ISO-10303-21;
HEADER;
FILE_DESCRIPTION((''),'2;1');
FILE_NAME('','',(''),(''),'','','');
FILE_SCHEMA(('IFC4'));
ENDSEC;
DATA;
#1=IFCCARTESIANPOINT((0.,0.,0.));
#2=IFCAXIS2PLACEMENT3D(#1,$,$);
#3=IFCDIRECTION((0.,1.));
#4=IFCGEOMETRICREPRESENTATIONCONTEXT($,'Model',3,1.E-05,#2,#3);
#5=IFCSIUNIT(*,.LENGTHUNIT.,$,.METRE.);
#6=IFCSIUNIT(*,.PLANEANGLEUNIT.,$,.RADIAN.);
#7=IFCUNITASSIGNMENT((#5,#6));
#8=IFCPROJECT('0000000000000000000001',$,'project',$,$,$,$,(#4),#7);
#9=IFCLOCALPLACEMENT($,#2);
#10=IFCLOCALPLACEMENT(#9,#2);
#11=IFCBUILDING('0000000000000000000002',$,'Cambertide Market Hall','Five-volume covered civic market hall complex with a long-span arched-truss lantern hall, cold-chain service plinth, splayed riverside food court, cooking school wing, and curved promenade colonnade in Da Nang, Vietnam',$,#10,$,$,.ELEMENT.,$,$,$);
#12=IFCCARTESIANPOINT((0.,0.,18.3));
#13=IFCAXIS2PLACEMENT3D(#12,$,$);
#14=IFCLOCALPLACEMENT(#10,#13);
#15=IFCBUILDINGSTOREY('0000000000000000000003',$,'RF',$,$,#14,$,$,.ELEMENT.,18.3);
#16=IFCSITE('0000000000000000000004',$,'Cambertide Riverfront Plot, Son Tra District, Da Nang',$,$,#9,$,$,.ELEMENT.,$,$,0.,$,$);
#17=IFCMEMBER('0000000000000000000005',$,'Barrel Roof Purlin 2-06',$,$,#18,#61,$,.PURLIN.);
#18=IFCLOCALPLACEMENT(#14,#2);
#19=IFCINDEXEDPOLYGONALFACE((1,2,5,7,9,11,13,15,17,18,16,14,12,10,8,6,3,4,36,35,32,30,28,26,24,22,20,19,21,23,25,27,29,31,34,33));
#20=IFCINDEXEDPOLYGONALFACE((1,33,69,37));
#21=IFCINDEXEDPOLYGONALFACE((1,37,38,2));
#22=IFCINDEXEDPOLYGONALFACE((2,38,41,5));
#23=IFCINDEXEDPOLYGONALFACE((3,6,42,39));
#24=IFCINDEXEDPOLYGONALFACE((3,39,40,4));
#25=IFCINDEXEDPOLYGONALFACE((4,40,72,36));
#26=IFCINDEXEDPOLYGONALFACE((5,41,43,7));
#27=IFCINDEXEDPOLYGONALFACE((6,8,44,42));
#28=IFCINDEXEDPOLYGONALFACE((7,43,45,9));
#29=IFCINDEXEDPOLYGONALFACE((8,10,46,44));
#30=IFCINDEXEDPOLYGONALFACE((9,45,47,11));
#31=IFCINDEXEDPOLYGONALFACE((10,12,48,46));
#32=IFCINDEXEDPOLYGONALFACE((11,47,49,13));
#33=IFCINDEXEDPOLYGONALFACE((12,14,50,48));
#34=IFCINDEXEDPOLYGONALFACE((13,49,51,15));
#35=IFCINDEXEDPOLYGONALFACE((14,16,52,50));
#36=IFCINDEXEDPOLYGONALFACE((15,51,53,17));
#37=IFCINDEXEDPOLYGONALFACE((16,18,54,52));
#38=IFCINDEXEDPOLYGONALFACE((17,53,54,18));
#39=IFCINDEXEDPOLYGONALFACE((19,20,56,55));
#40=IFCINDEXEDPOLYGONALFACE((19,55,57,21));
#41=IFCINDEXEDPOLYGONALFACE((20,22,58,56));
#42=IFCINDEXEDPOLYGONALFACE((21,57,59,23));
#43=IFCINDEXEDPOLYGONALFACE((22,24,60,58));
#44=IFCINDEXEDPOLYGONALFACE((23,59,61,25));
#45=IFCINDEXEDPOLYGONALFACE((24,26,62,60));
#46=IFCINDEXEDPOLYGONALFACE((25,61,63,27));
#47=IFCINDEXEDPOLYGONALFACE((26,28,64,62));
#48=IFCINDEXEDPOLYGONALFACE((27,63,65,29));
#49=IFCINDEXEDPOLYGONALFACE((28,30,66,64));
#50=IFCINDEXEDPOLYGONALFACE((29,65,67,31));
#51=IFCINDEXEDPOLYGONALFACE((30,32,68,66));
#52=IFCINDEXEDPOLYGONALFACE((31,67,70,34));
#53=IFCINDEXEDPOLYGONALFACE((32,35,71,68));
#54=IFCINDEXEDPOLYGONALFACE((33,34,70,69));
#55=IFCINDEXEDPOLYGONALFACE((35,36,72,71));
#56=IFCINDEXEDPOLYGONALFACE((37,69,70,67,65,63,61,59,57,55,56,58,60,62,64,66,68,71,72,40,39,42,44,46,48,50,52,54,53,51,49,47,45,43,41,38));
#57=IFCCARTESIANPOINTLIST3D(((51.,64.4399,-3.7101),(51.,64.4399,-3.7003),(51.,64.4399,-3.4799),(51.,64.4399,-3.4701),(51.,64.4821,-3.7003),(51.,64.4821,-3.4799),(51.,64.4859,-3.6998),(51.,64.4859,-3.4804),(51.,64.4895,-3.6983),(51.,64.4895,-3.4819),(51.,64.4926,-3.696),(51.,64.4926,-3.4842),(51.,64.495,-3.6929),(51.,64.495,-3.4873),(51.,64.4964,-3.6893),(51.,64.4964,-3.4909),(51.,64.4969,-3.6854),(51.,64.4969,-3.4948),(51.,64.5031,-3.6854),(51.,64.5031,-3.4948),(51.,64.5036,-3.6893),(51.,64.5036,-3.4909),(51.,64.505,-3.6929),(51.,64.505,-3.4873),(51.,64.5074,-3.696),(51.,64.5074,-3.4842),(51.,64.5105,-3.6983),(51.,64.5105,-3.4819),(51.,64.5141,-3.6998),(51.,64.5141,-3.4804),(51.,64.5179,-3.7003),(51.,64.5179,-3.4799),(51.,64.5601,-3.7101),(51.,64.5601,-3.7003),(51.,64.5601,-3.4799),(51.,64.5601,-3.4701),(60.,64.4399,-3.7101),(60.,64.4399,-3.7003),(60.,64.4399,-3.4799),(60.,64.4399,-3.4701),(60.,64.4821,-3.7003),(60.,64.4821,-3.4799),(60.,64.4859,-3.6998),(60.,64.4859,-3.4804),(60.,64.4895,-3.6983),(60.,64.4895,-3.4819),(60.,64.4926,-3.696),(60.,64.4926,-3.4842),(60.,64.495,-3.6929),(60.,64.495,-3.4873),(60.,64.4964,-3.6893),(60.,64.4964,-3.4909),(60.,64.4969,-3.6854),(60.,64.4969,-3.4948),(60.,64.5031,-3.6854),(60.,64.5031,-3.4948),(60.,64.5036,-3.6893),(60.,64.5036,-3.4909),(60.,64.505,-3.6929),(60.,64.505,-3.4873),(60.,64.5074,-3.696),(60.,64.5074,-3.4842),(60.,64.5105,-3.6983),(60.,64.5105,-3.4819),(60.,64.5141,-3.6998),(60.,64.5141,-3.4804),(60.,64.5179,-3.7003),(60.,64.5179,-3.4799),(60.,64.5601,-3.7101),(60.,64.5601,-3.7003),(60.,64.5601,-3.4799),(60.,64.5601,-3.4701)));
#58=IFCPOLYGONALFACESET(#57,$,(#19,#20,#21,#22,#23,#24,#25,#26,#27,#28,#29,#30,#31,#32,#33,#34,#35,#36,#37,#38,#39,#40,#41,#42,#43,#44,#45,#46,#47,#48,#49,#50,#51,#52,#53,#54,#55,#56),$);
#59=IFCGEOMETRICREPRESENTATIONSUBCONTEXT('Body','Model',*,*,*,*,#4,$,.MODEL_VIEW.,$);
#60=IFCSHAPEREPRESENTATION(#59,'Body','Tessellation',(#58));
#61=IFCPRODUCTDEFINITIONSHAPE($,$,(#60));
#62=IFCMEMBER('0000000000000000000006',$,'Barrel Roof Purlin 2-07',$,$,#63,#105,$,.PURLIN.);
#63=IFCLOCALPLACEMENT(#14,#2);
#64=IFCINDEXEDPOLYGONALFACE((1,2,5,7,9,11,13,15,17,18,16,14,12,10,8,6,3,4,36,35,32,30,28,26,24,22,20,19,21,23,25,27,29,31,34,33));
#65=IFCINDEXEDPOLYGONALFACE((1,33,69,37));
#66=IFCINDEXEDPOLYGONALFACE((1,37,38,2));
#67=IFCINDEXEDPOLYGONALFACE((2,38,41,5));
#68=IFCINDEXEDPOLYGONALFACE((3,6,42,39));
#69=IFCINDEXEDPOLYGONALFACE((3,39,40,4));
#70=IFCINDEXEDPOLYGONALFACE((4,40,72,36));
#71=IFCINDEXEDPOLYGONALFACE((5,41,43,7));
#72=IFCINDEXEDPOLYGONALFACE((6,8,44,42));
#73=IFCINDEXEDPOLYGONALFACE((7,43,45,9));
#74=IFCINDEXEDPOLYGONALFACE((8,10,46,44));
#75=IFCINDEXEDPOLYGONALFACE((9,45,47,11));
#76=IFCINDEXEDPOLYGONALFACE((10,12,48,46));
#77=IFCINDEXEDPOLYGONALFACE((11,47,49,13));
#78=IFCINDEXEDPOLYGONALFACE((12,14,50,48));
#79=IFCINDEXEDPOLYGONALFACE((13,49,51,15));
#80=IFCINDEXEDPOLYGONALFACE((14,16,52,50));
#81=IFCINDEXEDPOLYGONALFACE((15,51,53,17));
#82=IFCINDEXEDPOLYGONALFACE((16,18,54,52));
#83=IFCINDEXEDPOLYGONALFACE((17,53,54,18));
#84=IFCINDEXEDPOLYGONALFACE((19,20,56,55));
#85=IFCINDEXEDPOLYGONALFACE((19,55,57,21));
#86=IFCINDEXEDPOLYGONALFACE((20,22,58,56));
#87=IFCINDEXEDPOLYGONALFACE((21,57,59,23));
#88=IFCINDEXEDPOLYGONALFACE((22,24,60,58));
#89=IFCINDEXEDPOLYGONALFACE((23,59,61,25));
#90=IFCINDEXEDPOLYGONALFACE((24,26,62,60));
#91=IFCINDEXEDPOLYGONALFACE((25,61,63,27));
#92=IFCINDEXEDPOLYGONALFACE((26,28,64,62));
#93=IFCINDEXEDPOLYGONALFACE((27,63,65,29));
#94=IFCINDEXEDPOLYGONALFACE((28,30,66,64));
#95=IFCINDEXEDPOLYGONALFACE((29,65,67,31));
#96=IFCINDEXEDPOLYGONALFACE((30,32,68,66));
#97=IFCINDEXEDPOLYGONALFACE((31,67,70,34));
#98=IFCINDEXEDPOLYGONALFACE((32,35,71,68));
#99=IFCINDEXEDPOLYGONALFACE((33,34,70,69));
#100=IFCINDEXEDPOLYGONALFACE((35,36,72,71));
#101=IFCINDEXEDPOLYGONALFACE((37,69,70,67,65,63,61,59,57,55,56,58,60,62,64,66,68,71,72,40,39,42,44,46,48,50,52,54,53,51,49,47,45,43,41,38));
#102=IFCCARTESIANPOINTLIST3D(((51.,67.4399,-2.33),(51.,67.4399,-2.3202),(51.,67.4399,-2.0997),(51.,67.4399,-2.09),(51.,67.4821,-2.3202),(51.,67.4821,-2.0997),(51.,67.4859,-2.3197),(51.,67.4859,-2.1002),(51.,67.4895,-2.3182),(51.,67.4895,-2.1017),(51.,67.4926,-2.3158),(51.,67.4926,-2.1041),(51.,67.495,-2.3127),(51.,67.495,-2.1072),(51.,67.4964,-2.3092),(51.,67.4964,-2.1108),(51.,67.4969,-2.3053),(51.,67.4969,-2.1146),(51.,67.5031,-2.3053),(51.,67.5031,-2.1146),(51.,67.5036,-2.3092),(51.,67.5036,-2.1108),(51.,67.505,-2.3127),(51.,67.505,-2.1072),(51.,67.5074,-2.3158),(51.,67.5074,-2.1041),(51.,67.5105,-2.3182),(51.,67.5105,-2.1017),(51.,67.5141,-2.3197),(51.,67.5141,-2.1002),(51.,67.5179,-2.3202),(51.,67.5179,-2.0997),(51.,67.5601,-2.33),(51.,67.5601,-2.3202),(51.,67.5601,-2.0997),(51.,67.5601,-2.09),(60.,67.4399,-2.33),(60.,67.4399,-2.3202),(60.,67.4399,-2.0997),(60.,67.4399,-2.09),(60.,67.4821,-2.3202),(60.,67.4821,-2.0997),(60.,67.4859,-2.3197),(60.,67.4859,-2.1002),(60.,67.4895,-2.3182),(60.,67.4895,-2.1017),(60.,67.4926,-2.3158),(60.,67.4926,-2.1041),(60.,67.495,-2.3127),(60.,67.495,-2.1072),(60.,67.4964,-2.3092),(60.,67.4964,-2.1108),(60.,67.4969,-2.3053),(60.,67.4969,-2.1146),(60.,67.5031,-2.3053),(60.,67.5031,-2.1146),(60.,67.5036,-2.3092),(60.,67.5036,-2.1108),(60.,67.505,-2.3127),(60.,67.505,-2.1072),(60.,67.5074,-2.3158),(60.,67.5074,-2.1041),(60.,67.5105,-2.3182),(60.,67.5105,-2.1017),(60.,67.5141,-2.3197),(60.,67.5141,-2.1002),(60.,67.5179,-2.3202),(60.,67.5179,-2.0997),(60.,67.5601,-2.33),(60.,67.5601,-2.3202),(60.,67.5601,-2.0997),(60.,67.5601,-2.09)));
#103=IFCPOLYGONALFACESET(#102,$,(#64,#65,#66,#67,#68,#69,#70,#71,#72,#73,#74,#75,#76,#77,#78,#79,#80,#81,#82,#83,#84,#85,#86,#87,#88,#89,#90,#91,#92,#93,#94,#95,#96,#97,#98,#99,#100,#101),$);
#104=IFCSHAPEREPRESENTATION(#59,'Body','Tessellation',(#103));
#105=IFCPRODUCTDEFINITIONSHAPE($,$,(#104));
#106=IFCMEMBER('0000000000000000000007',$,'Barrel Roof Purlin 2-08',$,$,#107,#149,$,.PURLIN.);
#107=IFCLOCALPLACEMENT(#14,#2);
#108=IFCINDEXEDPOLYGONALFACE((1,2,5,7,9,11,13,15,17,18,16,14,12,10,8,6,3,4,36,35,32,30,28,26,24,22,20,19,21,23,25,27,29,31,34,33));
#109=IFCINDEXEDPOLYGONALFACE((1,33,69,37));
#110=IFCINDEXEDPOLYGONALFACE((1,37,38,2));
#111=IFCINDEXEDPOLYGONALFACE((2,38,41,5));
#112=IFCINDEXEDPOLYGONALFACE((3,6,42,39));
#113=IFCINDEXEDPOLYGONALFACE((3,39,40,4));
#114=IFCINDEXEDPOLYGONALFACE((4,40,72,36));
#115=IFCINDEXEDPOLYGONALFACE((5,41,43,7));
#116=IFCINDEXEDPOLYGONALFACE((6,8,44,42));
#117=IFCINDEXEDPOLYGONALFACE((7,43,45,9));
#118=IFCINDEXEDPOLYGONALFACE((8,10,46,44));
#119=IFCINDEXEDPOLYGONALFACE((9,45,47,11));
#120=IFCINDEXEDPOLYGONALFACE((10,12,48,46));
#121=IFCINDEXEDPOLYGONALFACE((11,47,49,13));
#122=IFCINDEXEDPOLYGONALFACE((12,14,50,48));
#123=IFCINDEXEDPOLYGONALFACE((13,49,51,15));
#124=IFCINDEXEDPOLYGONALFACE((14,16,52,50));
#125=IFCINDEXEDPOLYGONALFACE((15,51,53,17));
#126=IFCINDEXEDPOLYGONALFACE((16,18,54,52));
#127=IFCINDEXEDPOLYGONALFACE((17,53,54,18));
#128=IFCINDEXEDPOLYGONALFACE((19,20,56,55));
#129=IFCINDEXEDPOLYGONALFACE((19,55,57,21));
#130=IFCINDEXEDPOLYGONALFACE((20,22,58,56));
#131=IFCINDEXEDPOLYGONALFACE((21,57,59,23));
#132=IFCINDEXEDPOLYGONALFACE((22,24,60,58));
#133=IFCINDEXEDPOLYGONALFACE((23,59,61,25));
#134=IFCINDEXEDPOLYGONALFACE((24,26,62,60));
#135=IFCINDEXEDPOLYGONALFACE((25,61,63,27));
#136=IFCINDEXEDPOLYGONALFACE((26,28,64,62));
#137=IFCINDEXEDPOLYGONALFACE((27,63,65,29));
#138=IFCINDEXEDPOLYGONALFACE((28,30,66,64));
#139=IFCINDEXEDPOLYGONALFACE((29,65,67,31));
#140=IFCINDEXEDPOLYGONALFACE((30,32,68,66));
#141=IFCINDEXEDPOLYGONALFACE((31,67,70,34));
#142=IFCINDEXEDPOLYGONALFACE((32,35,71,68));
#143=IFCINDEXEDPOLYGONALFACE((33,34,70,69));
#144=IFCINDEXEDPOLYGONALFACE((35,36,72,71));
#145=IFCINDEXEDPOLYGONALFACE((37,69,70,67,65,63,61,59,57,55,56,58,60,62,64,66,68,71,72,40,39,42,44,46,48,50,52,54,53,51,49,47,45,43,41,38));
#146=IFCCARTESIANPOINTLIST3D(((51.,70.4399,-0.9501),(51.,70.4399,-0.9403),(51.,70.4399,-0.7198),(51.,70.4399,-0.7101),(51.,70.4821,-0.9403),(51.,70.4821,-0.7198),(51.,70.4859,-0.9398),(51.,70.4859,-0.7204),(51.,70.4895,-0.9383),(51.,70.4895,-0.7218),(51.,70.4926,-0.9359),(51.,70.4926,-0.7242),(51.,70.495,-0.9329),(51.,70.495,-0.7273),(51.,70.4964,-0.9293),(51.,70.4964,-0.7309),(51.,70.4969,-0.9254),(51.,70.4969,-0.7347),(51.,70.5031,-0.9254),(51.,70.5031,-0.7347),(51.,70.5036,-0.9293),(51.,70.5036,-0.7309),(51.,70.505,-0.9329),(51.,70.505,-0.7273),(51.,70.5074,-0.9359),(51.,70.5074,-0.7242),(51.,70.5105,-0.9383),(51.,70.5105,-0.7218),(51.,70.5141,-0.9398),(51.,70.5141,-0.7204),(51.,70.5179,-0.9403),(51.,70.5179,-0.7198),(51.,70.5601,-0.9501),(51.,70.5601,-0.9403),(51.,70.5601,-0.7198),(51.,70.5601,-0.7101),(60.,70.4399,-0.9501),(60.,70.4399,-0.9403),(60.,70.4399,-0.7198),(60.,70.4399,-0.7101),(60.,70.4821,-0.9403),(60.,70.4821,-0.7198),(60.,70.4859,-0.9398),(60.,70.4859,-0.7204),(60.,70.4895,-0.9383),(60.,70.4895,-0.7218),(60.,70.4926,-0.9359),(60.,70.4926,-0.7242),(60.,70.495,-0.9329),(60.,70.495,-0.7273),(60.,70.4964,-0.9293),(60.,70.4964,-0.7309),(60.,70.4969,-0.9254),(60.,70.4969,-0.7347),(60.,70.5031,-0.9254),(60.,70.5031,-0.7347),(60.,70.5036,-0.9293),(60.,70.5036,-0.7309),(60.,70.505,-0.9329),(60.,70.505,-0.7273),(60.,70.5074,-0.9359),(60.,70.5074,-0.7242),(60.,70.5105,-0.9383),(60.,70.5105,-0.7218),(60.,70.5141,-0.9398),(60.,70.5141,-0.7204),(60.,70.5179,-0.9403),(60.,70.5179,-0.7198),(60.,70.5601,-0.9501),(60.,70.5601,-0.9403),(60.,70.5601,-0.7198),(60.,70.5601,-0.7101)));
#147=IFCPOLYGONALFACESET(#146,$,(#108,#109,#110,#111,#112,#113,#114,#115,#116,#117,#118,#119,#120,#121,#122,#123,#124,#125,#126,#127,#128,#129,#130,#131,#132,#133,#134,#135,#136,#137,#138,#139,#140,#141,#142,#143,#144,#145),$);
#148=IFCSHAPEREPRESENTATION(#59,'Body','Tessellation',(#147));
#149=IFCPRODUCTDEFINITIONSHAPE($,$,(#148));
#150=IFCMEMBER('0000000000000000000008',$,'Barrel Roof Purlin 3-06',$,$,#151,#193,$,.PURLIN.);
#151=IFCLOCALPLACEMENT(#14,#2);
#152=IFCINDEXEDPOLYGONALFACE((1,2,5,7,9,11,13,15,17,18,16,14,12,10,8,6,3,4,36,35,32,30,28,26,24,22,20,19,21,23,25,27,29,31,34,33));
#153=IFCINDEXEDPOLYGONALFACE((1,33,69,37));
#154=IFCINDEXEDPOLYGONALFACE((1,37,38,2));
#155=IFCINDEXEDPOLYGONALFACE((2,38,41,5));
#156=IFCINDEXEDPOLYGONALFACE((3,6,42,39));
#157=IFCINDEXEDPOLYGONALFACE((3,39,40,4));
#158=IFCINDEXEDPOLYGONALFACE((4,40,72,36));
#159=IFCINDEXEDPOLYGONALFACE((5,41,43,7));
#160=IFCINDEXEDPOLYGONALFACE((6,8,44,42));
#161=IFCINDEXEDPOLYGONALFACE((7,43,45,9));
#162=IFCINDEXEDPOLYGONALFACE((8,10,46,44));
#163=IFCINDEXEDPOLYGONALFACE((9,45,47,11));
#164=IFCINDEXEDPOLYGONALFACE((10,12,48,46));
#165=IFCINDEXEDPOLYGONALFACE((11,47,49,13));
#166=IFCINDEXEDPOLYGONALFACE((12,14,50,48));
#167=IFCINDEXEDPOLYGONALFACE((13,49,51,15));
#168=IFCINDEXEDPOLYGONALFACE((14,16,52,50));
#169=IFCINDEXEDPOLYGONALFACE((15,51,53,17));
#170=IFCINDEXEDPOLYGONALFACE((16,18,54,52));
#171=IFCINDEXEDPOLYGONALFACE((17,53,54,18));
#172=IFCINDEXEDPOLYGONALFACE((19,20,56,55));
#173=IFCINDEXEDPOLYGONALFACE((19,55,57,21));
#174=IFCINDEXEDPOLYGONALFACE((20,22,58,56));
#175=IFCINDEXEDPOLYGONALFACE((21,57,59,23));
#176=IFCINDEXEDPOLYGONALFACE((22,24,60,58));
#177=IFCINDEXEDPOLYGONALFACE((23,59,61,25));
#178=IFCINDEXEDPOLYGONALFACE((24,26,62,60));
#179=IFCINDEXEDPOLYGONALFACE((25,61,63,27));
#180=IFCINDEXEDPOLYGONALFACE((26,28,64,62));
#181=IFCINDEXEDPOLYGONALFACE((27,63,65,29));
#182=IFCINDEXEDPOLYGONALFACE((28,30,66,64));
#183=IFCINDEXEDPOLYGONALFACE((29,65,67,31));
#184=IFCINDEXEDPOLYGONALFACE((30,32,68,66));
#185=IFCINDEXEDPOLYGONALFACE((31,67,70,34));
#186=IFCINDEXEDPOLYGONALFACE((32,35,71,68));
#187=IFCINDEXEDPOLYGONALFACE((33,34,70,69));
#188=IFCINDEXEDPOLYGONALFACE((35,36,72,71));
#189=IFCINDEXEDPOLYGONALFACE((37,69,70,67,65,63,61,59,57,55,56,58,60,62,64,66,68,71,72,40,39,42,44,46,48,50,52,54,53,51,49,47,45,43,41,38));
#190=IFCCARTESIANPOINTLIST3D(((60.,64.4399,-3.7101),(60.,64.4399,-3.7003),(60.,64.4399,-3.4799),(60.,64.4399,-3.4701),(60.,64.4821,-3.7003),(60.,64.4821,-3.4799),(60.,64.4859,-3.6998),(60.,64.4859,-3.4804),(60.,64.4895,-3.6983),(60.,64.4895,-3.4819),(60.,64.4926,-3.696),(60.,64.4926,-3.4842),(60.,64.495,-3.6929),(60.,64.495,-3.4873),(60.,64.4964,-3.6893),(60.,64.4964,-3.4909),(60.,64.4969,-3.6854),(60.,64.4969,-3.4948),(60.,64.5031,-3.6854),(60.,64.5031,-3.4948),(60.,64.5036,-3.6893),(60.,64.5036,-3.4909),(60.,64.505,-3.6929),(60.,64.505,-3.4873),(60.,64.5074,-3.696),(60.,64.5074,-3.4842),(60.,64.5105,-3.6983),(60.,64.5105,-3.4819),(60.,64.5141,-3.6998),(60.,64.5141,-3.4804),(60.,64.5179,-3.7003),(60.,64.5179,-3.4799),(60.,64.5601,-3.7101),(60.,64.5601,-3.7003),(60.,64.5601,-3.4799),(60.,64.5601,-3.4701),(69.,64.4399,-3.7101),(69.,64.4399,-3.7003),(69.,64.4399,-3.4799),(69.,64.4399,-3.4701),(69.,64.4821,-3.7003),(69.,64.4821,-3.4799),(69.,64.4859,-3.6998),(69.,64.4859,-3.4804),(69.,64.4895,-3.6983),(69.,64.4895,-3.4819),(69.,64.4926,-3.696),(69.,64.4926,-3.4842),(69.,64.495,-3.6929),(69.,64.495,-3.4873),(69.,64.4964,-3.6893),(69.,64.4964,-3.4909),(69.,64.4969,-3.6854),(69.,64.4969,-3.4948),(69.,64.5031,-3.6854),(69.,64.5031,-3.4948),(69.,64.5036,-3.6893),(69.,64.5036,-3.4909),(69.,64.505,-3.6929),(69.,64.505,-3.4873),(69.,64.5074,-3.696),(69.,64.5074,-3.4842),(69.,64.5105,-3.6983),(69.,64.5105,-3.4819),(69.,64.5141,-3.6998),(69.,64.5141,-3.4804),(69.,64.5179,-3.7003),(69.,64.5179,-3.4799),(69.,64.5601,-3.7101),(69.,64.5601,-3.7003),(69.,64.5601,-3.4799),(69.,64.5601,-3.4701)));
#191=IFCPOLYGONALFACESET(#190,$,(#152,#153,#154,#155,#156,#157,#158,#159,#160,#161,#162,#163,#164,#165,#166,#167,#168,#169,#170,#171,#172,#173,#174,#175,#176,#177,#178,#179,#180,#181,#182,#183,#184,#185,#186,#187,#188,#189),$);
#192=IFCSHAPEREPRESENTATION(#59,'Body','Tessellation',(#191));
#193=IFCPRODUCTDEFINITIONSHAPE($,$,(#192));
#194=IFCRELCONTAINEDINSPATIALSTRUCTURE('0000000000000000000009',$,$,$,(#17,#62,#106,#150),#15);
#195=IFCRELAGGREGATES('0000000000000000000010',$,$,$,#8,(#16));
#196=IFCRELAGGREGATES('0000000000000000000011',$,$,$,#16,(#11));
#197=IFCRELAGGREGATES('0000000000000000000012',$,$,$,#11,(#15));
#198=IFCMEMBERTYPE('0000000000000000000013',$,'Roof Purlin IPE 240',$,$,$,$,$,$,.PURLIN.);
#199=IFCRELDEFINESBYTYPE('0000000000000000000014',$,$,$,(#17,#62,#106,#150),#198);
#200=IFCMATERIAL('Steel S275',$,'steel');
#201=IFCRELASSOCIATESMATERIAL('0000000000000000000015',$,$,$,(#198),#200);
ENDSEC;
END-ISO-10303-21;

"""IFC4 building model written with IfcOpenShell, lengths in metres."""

from ifc_helpers import new_model, si_unit, direction, frame, origin, origin_2d, place, context, subcontext, project, spatial, i_section, extrude, material, material_profile, profile_set, type_object, element, save


model = new_model("IFC4")

# Units and contexts
model_context = context("Model", 3, precision=1e-05, world=origin(), true_north=direction((0.0, 1.0)))
body_context = subcontext(model_context, "Body", "Model", "MODEL_VIEW")
ifc_project = project(units=[si_unit("LENGTHUNIT", "METRE"), si_unit("PLANEANGLEUNIT", "RADIAN")], contexts=[model_context])

# Site, building, storey
site_placement = place(None, origin())
site = spatial("IfcSite", under=ifc_project, at=site_placement, Name="Cambertide Riverfront Plot, Son Tra District, Da Nang", CompositionType="ELEMENT", RefElevation=0.0)
building_placement = place(site_placement, origin())
building = spatial("IfcBuilding", under=site, at=building_placement, Name="Cambertide Market Hall", Description="Five-volume covered civic market hall complex with a long-span arched-truss lantern hall, cold-chain service plinth, splayed riverside food court, cooking school wing, and curved promenade colonnade in Da Nang, Vietnam", CompositionType="ELEMENT")
storey_placement = place(building_placement, frame((0.0, 0.0, 18.3)))
storey = spatial("IfcBuildingStorey", under=building, at=storey_placement, Name="RF", CompositionType="ELEMENT", Elevation=18.3)

# Members
ifc_material_1 = material(Name="Steel S275", Category="steel")
ifc_material_profile_1 = material_profile(ifc_material_1, i_section(OverallWidth=0.1201, OverallDepth=0.24, WebThickness=0.0061, FlangeThickness=0.0098, FilletRadius=0.0149, at=origin_2d()), Name="IPE 240")
ifc_profile_set_1 = profile_set([ifc_material_profile_1], Name="Steel S275")
member_type_1 = type_object("IfcMemberType", Name="Roof Purlin IPE 240", PredefinedType="PURLIN", material=ifc_profile_set_1)
for number, where, z_axis, x_axis, name in (
    (1, (51.0, 64.5, -3.5901), (1.0, 0.0, 0.0), (0.0, 1.0, 0.0), "Barrel Roof Purlin 2-06"),
    (2, (51.0, 67.5, -2.21), (1.0, 0.0, 0.0), (0.0, 1.0, 0.0), "Barrel Roof Purlin 2-07"),
    (3, (51.0, 70.5, -0.8301), (1.0, 0.0, 0.0), (0.0, 1.0, 0.0), "Barrel Roof Purlin 2-08"),
    (4, (60.0, 64.5, -3.5901), (1.0, 0.0, 0.0), (0.0, 1.0, 0.0), "Barrel Roof Purlin 3-06"),
):
    element("IfcMember", number, at=place(storey_placement, frame(where, z_axis=z_axis, x_axis=x_axis)), inside=storey, type_object=member_type_1, Name=name, PredefinedType="PURLIN", context=body_context, shape_type="SweptSolid", body=[
        extrude(i_section(OverallWidth=0.1201, OverallDepth=0.24, WebThickness=0.0061, FlangeThickness=0.0098, FilletRadius=0.0149, at=origin_2d()), origin(), (0.0, 0.0, 1.0), 9.0),
    ])

save(model, "model.ifc")
